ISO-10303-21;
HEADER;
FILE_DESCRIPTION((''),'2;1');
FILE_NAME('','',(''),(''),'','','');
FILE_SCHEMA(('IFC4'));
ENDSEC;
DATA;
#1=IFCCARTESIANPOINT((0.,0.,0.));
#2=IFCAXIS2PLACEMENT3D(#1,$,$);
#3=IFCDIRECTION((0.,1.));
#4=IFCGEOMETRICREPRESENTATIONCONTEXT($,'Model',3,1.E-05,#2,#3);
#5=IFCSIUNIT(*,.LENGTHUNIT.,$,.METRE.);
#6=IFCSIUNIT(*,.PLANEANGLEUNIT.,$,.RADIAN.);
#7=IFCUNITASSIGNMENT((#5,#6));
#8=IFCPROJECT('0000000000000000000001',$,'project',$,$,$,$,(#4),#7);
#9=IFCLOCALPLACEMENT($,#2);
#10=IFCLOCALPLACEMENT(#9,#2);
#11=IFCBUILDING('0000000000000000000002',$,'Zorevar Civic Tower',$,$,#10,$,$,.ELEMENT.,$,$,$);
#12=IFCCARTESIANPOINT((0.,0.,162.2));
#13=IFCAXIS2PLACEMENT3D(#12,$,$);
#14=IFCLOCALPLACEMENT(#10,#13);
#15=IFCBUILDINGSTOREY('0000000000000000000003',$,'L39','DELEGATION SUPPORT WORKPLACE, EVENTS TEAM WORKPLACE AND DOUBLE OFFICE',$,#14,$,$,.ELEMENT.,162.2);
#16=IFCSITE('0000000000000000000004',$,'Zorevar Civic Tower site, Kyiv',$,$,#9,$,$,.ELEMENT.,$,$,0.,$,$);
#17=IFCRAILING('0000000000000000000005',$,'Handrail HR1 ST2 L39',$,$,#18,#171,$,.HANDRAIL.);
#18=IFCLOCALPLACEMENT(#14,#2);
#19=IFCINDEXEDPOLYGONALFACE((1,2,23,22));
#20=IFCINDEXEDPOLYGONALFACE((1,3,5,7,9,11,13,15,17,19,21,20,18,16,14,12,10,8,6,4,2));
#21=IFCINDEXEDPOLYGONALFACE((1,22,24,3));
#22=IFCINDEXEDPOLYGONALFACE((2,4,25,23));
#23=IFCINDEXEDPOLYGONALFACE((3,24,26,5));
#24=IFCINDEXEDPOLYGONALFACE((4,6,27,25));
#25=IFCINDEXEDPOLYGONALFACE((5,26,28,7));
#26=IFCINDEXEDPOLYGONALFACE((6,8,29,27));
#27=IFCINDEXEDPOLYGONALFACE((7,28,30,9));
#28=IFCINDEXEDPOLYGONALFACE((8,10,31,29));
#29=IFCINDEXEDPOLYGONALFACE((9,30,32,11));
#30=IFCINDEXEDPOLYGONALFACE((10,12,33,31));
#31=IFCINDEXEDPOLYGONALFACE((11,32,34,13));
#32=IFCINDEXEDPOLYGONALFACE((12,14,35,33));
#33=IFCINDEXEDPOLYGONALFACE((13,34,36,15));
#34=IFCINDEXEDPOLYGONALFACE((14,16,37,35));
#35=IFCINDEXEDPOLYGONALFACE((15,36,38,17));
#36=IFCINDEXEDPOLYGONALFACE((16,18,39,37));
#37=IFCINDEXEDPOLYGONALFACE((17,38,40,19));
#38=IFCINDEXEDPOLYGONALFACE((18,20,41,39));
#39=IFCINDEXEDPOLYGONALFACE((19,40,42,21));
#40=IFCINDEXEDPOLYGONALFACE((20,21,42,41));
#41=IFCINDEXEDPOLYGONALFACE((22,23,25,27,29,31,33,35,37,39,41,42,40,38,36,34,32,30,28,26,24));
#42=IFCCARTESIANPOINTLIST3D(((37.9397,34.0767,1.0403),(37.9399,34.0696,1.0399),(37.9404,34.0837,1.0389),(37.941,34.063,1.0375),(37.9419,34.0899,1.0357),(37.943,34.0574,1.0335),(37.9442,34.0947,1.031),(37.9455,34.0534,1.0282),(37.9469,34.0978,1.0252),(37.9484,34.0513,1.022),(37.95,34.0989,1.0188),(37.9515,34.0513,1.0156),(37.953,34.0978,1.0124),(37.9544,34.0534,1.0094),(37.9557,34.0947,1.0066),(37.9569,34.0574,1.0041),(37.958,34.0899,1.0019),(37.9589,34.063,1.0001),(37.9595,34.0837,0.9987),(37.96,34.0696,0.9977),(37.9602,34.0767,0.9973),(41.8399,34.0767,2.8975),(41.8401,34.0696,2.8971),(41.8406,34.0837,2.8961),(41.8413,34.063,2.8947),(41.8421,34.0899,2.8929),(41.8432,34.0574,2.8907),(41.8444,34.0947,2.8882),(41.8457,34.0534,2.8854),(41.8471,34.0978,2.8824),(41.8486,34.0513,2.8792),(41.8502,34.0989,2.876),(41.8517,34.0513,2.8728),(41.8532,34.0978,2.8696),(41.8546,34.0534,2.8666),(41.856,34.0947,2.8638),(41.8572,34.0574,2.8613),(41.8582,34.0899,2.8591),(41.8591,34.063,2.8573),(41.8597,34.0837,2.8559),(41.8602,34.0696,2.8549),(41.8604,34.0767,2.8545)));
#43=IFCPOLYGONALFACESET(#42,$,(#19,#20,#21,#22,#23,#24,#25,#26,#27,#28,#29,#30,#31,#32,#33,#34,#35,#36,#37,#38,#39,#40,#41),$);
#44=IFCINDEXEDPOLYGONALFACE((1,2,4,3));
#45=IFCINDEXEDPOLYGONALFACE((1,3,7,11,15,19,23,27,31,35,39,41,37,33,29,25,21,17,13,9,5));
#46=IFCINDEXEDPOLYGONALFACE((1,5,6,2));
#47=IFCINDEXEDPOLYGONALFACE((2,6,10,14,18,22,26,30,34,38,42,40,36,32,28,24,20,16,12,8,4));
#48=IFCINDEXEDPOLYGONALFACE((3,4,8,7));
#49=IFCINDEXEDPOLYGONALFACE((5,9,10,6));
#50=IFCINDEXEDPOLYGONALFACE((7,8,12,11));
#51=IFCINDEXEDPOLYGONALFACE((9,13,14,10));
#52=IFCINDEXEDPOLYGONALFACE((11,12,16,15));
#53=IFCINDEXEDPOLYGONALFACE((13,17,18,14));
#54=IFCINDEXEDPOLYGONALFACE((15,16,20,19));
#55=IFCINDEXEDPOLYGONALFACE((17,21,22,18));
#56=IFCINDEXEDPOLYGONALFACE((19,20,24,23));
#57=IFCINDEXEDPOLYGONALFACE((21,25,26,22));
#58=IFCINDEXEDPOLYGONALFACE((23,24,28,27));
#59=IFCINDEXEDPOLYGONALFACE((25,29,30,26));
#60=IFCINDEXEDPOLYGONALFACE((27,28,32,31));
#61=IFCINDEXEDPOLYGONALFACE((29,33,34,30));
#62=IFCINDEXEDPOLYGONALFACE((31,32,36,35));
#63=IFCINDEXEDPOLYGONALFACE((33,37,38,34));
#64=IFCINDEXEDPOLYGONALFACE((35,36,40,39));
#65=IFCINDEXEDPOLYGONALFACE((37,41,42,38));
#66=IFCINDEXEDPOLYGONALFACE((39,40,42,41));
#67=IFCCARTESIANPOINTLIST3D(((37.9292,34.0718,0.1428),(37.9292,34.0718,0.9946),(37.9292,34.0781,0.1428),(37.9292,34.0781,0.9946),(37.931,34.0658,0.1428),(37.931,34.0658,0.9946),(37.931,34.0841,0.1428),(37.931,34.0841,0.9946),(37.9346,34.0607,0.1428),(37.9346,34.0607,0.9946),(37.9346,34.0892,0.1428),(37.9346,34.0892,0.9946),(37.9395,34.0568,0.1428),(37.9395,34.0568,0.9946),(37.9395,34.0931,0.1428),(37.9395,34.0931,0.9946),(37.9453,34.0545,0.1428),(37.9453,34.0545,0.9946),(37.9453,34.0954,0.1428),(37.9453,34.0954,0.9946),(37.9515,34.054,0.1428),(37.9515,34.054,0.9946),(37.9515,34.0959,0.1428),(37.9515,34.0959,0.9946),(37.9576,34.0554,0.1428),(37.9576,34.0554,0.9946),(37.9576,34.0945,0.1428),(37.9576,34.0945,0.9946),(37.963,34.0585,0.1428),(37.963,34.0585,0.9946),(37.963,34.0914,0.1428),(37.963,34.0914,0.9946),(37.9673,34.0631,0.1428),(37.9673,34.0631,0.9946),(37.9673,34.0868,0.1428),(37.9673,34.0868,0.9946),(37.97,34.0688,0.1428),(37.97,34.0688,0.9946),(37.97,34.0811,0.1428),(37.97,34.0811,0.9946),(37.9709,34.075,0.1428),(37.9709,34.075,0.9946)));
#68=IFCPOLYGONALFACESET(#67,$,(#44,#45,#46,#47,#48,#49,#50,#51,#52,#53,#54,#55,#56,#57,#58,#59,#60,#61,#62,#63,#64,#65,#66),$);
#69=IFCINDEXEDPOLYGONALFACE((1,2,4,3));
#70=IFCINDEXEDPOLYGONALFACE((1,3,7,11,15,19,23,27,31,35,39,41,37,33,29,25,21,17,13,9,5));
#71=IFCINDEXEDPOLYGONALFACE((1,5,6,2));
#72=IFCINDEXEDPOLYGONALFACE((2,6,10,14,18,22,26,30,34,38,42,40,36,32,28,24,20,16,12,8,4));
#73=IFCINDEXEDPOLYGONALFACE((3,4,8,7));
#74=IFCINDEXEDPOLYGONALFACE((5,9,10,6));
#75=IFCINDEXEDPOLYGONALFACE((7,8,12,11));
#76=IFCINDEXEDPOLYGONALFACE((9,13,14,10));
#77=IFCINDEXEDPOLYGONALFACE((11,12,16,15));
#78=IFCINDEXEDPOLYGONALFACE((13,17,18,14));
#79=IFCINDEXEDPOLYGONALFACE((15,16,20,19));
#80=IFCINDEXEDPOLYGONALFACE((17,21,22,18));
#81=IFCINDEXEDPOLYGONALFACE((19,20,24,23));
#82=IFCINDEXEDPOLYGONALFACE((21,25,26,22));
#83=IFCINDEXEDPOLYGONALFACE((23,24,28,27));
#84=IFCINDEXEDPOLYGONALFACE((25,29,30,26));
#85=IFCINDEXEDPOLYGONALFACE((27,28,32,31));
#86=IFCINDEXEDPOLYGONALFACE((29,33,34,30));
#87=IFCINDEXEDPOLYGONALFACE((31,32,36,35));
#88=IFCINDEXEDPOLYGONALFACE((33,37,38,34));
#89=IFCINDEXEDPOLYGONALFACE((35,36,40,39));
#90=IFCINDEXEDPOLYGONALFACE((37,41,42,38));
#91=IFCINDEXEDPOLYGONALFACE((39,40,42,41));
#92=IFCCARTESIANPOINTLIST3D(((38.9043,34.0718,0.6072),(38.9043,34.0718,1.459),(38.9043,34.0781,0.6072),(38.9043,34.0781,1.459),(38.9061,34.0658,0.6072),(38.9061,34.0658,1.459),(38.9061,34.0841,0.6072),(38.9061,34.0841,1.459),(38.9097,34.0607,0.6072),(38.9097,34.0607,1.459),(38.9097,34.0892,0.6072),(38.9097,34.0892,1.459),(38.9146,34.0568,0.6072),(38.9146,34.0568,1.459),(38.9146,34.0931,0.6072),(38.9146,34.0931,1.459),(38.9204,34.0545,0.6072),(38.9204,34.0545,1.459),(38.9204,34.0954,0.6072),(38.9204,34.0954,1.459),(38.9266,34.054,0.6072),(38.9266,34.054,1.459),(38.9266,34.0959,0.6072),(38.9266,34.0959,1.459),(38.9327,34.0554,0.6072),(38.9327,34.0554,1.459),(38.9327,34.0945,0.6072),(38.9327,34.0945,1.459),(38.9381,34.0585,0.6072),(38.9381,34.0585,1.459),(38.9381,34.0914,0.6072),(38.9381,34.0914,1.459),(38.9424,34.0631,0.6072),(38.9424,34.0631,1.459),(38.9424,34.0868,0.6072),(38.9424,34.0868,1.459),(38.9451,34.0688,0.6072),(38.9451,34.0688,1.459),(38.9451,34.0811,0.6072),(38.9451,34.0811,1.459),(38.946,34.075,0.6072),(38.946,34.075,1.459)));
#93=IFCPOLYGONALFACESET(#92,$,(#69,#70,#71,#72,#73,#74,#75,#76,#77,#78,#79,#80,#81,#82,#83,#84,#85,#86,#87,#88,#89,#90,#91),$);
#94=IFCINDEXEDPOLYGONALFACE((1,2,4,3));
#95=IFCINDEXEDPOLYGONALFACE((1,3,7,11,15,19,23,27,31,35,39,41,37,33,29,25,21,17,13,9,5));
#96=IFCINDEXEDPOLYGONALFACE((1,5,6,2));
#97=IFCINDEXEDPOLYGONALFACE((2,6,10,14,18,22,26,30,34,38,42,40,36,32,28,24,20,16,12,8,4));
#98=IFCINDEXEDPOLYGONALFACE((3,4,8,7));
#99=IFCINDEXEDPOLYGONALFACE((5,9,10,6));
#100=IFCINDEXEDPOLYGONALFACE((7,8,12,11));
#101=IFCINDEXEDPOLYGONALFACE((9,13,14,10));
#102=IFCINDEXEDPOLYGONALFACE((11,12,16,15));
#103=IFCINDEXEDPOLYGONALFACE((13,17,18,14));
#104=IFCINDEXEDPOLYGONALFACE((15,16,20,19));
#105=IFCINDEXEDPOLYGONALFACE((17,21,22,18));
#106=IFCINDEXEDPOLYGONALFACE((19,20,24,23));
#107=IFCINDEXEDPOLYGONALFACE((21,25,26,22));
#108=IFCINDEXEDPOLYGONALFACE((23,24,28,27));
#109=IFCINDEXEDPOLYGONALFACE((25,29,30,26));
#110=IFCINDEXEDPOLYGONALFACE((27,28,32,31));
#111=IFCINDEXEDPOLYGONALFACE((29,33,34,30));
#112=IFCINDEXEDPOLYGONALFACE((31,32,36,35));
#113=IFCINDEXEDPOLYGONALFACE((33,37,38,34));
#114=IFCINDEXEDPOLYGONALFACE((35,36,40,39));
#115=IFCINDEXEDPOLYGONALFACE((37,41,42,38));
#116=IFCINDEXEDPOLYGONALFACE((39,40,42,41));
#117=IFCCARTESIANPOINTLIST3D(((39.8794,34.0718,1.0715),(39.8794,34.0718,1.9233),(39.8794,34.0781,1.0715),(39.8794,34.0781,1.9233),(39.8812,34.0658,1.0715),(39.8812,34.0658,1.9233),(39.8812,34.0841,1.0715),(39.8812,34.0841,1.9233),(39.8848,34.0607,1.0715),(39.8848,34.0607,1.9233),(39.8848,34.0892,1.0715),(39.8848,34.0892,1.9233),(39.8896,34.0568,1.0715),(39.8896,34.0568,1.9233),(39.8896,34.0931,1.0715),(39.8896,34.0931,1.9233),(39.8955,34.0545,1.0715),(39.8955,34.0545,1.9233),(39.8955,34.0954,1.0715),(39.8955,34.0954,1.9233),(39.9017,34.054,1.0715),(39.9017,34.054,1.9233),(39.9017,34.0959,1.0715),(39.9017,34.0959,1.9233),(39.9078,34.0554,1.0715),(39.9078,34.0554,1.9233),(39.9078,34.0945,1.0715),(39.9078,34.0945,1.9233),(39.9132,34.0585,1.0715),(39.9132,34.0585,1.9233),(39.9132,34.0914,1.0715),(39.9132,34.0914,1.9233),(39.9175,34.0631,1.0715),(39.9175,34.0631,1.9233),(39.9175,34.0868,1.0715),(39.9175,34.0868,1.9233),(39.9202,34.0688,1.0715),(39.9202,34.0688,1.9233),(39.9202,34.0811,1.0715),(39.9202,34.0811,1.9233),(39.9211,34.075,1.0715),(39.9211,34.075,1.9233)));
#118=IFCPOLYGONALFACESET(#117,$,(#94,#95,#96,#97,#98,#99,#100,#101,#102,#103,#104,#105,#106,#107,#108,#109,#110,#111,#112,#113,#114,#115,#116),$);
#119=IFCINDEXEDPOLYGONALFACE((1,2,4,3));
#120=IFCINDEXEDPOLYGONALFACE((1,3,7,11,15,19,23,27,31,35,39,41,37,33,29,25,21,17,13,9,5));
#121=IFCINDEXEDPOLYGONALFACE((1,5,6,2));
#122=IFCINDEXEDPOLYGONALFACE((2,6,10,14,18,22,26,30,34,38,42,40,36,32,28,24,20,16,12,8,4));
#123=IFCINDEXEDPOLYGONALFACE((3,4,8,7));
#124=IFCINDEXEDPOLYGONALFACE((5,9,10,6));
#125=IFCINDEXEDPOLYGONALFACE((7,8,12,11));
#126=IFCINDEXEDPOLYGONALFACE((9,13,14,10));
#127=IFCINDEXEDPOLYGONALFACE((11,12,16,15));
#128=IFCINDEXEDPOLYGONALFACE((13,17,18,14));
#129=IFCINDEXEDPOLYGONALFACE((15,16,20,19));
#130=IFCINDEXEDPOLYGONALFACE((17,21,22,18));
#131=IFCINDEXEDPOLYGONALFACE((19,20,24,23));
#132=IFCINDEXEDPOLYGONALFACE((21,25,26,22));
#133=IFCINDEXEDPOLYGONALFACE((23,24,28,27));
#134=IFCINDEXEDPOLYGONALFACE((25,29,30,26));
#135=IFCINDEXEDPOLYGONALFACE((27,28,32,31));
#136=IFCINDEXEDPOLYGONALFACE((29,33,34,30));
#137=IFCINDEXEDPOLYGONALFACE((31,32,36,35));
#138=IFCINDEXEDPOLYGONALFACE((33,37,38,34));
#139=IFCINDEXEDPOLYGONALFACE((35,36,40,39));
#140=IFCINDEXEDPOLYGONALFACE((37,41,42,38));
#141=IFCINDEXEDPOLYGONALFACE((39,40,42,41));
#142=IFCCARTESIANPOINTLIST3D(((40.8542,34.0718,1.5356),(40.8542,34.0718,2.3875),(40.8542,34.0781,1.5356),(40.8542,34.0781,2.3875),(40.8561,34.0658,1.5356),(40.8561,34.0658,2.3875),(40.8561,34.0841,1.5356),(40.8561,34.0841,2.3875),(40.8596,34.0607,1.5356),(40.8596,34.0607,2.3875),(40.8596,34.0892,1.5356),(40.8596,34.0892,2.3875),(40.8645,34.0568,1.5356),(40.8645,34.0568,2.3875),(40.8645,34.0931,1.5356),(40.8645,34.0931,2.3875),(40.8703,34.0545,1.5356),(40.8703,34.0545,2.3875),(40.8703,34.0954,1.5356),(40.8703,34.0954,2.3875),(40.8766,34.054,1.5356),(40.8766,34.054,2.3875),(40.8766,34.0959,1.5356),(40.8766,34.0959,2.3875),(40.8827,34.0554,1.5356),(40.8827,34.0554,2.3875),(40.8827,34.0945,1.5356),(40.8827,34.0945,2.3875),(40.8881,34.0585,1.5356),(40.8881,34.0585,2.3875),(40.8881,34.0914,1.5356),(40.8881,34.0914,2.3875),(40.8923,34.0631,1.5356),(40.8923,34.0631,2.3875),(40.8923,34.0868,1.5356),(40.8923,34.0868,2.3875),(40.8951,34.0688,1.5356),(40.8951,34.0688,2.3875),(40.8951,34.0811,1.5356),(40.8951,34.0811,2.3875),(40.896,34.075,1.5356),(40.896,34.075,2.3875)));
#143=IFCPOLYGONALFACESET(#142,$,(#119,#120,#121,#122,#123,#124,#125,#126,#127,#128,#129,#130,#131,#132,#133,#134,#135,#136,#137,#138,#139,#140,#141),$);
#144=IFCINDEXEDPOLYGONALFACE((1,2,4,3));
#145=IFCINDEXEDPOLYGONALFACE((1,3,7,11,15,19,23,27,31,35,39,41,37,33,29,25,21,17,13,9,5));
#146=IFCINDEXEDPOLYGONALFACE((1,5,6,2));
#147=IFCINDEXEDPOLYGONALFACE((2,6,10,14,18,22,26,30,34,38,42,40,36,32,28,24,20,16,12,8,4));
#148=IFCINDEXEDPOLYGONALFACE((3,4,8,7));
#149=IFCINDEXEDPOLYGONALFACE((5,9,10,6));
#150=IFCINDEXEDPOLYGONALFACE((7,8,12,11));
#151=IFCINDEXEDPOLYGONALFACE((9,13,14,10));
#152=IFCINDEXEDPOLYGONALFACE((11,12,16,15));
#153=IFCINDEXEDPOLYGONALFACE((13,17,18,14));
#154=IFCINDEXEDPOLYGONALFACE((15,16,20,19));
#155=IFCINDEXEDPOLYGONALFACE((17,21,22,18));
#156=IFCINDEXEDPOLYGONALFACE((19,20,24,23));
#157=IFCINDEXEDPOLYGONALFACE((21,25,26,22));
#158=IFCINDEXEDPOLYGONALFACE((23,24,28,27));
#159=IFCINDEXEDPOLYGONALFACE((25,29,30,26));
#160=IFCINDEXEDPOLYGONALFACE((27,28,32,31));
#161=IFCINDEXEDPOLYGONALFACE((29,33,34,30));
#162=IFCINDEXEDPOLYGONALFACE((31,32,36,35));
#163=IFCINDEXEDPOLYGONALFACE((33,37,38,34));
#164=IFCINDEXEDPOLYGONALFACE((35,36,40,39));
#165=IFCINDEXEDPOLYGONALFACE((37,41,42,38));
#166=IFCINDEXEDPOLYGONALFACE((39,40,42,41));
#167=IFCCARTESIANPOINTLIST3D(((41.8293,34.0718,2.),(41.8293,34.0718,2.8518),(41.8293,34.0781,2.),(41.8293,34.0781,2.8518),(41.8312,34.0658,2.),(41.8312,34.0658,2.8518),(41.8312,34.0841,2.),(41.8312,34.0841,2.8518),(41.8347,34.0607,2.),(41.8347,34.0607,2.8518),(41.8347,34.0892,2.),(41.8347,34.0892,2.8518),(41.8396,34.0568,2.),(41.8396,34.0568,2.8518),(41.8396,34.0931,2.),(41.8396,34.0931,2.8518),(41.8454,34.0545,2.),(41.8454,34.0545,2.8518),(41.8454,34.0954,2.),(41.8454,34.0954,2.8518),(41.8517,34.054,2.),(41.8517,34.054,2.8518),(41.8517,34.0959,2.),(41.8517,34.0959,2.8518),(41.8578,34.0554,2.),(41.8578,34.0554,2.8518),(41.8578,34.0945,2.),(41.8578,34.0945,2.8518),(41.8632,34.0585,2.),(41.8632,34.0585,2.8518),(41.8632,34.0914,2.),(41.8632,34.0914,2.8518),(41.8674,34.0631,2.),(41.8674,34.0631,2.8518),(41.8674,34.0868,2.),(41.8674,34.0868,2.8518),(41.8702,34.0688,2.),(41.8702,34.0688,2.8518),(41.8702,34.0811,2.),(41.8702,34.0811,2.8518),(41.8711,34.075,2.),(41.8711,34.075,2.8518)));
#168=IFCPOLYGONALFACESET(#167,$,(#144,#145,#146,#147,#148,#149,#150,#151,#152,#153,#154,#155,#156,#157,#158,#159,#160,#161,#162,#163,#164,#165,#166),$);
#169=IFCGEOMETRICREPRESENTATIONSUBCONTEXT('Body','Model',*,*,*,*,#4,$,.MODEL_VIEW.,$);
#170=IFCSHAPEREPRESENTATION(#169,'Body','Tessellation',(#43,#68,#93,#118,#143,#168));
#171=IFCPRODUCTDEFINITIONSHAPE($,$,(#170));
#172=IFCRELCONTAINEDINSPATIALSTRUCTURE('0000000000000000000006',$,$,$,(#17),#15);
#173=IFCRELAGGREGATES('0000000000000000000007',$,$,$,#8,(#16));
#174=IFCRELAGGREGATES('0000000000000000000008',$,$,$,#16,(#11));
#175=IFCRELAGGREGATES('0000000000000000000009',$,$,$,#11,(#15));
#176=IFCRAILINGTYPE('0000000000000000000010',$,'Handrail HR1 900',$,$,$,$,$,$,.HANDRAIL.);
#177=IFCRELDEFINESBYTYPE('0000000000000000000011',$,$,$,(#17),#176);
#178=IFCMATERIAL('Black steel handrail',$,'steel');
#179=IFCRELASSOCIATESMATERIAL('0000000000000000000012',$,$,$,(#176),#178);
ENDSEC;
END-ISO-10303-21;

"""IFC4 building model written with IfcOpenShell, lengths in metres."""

from ifc_helpers import new_model, si_unit, direction, frame, origin, origin_2d, place, context, subcontext, project, spatial, circle, extrude, material, type_object, element, save


model = new_model("IFC4")

# Units and contexts
model_context = context("Model", 3, precision=1e-05, world=origin(), true_north=direction((0.0, 1.0)))
body_context = subcontext(model_context, "Body", "Model", "MODEL_VIEW")
ifc_project = project(units=[si_unit("LENGTHUNIT", "METRE"), si_unit("PLANEANGLEUNIT", "RADIAN")], contexts=[model_context])

# Site, building, storey
site_placement = place(None, origin())
site = spatial("IfcSite", under=ifc_project, at=site_placement, Name="Zorevar Civic Tower site, Kyiv", CompositionType="ELEMENT", RefElevation=0.0)
building_placement = place(site_placement, origin())
building = spatial("IfcBuilding", under=site, at=building_placement, Name="Zorevar Civic Tower", CompositionType="ELEMENT")
storey_placement = place(building_placement, frame((0.0, 0.0, 162.2)))
storey = spatial("IfcBuildingStorey", under=building, at=storey_placement, Name="L39", Description="DELEGATION SUPPORT WORKPLACE, EVENTS TEAM WORKPLACE AND DOUBLE OFFICE", CompositionType="ELEMENT", Elevation=162.2)

# Railing
ifc_material_1 = material(Name="Black steel handrail", Category="steel")
railing_type = type_object("IfcRailingType", Name="Handrail HR1 900", PredefinedType="HANDRAIL", material=ifc_material_1)
railing_placement = place(storey_placement, frame((37.95, 34.075, 0.1428)))
element("IfcRailing", 1, at=railing_placement, inside=storey, type_object=railing_type, Name="Handrail HR1 ST2 L39", PredefinedType="HANDRAIL", context=body_context, shape_type="SweptSolid", body=[
    extrude(circle(Radius=0.0239, at=origin_2d()), frame((0.0, 0.0, 0.876), z_axis=(0.902864, 0.0, 0.429927), x_axis=(0.0, 1.0, 0.0)), (0.0, 0.0, 1.0), 4.3198),
    extrude(circle(Radius=0.021, at=origin_2d()), origin(), (0.0, 0.0, 1.0), 0.8518),
    extrude(circle(Radius=0.021, at=origin_2d()), frame((0.9751, 0.0, 0.4644)), (0.0, 0.0, 1.0), 0.8518),
    extrude(circle(Radius=0.021, at=origin_2d()), frame((1.9502, 0.0, 0.9287)), (0.0, 0.0, 1.0), 0.8518),
    extrude(circle(Radius=0.021, at=origin_2d()), frame((2.925, 0.0, 1.3928)), (0.0, 0.0, 1.0), 0.8518),
    extrude(circle(Radius=0.021, at=origin_2d()), frame((3.9001, 0.0, 1.8572)), (0.0, 0.0, 1.0), 0.8518),
])

save(model, "model.ifc")
